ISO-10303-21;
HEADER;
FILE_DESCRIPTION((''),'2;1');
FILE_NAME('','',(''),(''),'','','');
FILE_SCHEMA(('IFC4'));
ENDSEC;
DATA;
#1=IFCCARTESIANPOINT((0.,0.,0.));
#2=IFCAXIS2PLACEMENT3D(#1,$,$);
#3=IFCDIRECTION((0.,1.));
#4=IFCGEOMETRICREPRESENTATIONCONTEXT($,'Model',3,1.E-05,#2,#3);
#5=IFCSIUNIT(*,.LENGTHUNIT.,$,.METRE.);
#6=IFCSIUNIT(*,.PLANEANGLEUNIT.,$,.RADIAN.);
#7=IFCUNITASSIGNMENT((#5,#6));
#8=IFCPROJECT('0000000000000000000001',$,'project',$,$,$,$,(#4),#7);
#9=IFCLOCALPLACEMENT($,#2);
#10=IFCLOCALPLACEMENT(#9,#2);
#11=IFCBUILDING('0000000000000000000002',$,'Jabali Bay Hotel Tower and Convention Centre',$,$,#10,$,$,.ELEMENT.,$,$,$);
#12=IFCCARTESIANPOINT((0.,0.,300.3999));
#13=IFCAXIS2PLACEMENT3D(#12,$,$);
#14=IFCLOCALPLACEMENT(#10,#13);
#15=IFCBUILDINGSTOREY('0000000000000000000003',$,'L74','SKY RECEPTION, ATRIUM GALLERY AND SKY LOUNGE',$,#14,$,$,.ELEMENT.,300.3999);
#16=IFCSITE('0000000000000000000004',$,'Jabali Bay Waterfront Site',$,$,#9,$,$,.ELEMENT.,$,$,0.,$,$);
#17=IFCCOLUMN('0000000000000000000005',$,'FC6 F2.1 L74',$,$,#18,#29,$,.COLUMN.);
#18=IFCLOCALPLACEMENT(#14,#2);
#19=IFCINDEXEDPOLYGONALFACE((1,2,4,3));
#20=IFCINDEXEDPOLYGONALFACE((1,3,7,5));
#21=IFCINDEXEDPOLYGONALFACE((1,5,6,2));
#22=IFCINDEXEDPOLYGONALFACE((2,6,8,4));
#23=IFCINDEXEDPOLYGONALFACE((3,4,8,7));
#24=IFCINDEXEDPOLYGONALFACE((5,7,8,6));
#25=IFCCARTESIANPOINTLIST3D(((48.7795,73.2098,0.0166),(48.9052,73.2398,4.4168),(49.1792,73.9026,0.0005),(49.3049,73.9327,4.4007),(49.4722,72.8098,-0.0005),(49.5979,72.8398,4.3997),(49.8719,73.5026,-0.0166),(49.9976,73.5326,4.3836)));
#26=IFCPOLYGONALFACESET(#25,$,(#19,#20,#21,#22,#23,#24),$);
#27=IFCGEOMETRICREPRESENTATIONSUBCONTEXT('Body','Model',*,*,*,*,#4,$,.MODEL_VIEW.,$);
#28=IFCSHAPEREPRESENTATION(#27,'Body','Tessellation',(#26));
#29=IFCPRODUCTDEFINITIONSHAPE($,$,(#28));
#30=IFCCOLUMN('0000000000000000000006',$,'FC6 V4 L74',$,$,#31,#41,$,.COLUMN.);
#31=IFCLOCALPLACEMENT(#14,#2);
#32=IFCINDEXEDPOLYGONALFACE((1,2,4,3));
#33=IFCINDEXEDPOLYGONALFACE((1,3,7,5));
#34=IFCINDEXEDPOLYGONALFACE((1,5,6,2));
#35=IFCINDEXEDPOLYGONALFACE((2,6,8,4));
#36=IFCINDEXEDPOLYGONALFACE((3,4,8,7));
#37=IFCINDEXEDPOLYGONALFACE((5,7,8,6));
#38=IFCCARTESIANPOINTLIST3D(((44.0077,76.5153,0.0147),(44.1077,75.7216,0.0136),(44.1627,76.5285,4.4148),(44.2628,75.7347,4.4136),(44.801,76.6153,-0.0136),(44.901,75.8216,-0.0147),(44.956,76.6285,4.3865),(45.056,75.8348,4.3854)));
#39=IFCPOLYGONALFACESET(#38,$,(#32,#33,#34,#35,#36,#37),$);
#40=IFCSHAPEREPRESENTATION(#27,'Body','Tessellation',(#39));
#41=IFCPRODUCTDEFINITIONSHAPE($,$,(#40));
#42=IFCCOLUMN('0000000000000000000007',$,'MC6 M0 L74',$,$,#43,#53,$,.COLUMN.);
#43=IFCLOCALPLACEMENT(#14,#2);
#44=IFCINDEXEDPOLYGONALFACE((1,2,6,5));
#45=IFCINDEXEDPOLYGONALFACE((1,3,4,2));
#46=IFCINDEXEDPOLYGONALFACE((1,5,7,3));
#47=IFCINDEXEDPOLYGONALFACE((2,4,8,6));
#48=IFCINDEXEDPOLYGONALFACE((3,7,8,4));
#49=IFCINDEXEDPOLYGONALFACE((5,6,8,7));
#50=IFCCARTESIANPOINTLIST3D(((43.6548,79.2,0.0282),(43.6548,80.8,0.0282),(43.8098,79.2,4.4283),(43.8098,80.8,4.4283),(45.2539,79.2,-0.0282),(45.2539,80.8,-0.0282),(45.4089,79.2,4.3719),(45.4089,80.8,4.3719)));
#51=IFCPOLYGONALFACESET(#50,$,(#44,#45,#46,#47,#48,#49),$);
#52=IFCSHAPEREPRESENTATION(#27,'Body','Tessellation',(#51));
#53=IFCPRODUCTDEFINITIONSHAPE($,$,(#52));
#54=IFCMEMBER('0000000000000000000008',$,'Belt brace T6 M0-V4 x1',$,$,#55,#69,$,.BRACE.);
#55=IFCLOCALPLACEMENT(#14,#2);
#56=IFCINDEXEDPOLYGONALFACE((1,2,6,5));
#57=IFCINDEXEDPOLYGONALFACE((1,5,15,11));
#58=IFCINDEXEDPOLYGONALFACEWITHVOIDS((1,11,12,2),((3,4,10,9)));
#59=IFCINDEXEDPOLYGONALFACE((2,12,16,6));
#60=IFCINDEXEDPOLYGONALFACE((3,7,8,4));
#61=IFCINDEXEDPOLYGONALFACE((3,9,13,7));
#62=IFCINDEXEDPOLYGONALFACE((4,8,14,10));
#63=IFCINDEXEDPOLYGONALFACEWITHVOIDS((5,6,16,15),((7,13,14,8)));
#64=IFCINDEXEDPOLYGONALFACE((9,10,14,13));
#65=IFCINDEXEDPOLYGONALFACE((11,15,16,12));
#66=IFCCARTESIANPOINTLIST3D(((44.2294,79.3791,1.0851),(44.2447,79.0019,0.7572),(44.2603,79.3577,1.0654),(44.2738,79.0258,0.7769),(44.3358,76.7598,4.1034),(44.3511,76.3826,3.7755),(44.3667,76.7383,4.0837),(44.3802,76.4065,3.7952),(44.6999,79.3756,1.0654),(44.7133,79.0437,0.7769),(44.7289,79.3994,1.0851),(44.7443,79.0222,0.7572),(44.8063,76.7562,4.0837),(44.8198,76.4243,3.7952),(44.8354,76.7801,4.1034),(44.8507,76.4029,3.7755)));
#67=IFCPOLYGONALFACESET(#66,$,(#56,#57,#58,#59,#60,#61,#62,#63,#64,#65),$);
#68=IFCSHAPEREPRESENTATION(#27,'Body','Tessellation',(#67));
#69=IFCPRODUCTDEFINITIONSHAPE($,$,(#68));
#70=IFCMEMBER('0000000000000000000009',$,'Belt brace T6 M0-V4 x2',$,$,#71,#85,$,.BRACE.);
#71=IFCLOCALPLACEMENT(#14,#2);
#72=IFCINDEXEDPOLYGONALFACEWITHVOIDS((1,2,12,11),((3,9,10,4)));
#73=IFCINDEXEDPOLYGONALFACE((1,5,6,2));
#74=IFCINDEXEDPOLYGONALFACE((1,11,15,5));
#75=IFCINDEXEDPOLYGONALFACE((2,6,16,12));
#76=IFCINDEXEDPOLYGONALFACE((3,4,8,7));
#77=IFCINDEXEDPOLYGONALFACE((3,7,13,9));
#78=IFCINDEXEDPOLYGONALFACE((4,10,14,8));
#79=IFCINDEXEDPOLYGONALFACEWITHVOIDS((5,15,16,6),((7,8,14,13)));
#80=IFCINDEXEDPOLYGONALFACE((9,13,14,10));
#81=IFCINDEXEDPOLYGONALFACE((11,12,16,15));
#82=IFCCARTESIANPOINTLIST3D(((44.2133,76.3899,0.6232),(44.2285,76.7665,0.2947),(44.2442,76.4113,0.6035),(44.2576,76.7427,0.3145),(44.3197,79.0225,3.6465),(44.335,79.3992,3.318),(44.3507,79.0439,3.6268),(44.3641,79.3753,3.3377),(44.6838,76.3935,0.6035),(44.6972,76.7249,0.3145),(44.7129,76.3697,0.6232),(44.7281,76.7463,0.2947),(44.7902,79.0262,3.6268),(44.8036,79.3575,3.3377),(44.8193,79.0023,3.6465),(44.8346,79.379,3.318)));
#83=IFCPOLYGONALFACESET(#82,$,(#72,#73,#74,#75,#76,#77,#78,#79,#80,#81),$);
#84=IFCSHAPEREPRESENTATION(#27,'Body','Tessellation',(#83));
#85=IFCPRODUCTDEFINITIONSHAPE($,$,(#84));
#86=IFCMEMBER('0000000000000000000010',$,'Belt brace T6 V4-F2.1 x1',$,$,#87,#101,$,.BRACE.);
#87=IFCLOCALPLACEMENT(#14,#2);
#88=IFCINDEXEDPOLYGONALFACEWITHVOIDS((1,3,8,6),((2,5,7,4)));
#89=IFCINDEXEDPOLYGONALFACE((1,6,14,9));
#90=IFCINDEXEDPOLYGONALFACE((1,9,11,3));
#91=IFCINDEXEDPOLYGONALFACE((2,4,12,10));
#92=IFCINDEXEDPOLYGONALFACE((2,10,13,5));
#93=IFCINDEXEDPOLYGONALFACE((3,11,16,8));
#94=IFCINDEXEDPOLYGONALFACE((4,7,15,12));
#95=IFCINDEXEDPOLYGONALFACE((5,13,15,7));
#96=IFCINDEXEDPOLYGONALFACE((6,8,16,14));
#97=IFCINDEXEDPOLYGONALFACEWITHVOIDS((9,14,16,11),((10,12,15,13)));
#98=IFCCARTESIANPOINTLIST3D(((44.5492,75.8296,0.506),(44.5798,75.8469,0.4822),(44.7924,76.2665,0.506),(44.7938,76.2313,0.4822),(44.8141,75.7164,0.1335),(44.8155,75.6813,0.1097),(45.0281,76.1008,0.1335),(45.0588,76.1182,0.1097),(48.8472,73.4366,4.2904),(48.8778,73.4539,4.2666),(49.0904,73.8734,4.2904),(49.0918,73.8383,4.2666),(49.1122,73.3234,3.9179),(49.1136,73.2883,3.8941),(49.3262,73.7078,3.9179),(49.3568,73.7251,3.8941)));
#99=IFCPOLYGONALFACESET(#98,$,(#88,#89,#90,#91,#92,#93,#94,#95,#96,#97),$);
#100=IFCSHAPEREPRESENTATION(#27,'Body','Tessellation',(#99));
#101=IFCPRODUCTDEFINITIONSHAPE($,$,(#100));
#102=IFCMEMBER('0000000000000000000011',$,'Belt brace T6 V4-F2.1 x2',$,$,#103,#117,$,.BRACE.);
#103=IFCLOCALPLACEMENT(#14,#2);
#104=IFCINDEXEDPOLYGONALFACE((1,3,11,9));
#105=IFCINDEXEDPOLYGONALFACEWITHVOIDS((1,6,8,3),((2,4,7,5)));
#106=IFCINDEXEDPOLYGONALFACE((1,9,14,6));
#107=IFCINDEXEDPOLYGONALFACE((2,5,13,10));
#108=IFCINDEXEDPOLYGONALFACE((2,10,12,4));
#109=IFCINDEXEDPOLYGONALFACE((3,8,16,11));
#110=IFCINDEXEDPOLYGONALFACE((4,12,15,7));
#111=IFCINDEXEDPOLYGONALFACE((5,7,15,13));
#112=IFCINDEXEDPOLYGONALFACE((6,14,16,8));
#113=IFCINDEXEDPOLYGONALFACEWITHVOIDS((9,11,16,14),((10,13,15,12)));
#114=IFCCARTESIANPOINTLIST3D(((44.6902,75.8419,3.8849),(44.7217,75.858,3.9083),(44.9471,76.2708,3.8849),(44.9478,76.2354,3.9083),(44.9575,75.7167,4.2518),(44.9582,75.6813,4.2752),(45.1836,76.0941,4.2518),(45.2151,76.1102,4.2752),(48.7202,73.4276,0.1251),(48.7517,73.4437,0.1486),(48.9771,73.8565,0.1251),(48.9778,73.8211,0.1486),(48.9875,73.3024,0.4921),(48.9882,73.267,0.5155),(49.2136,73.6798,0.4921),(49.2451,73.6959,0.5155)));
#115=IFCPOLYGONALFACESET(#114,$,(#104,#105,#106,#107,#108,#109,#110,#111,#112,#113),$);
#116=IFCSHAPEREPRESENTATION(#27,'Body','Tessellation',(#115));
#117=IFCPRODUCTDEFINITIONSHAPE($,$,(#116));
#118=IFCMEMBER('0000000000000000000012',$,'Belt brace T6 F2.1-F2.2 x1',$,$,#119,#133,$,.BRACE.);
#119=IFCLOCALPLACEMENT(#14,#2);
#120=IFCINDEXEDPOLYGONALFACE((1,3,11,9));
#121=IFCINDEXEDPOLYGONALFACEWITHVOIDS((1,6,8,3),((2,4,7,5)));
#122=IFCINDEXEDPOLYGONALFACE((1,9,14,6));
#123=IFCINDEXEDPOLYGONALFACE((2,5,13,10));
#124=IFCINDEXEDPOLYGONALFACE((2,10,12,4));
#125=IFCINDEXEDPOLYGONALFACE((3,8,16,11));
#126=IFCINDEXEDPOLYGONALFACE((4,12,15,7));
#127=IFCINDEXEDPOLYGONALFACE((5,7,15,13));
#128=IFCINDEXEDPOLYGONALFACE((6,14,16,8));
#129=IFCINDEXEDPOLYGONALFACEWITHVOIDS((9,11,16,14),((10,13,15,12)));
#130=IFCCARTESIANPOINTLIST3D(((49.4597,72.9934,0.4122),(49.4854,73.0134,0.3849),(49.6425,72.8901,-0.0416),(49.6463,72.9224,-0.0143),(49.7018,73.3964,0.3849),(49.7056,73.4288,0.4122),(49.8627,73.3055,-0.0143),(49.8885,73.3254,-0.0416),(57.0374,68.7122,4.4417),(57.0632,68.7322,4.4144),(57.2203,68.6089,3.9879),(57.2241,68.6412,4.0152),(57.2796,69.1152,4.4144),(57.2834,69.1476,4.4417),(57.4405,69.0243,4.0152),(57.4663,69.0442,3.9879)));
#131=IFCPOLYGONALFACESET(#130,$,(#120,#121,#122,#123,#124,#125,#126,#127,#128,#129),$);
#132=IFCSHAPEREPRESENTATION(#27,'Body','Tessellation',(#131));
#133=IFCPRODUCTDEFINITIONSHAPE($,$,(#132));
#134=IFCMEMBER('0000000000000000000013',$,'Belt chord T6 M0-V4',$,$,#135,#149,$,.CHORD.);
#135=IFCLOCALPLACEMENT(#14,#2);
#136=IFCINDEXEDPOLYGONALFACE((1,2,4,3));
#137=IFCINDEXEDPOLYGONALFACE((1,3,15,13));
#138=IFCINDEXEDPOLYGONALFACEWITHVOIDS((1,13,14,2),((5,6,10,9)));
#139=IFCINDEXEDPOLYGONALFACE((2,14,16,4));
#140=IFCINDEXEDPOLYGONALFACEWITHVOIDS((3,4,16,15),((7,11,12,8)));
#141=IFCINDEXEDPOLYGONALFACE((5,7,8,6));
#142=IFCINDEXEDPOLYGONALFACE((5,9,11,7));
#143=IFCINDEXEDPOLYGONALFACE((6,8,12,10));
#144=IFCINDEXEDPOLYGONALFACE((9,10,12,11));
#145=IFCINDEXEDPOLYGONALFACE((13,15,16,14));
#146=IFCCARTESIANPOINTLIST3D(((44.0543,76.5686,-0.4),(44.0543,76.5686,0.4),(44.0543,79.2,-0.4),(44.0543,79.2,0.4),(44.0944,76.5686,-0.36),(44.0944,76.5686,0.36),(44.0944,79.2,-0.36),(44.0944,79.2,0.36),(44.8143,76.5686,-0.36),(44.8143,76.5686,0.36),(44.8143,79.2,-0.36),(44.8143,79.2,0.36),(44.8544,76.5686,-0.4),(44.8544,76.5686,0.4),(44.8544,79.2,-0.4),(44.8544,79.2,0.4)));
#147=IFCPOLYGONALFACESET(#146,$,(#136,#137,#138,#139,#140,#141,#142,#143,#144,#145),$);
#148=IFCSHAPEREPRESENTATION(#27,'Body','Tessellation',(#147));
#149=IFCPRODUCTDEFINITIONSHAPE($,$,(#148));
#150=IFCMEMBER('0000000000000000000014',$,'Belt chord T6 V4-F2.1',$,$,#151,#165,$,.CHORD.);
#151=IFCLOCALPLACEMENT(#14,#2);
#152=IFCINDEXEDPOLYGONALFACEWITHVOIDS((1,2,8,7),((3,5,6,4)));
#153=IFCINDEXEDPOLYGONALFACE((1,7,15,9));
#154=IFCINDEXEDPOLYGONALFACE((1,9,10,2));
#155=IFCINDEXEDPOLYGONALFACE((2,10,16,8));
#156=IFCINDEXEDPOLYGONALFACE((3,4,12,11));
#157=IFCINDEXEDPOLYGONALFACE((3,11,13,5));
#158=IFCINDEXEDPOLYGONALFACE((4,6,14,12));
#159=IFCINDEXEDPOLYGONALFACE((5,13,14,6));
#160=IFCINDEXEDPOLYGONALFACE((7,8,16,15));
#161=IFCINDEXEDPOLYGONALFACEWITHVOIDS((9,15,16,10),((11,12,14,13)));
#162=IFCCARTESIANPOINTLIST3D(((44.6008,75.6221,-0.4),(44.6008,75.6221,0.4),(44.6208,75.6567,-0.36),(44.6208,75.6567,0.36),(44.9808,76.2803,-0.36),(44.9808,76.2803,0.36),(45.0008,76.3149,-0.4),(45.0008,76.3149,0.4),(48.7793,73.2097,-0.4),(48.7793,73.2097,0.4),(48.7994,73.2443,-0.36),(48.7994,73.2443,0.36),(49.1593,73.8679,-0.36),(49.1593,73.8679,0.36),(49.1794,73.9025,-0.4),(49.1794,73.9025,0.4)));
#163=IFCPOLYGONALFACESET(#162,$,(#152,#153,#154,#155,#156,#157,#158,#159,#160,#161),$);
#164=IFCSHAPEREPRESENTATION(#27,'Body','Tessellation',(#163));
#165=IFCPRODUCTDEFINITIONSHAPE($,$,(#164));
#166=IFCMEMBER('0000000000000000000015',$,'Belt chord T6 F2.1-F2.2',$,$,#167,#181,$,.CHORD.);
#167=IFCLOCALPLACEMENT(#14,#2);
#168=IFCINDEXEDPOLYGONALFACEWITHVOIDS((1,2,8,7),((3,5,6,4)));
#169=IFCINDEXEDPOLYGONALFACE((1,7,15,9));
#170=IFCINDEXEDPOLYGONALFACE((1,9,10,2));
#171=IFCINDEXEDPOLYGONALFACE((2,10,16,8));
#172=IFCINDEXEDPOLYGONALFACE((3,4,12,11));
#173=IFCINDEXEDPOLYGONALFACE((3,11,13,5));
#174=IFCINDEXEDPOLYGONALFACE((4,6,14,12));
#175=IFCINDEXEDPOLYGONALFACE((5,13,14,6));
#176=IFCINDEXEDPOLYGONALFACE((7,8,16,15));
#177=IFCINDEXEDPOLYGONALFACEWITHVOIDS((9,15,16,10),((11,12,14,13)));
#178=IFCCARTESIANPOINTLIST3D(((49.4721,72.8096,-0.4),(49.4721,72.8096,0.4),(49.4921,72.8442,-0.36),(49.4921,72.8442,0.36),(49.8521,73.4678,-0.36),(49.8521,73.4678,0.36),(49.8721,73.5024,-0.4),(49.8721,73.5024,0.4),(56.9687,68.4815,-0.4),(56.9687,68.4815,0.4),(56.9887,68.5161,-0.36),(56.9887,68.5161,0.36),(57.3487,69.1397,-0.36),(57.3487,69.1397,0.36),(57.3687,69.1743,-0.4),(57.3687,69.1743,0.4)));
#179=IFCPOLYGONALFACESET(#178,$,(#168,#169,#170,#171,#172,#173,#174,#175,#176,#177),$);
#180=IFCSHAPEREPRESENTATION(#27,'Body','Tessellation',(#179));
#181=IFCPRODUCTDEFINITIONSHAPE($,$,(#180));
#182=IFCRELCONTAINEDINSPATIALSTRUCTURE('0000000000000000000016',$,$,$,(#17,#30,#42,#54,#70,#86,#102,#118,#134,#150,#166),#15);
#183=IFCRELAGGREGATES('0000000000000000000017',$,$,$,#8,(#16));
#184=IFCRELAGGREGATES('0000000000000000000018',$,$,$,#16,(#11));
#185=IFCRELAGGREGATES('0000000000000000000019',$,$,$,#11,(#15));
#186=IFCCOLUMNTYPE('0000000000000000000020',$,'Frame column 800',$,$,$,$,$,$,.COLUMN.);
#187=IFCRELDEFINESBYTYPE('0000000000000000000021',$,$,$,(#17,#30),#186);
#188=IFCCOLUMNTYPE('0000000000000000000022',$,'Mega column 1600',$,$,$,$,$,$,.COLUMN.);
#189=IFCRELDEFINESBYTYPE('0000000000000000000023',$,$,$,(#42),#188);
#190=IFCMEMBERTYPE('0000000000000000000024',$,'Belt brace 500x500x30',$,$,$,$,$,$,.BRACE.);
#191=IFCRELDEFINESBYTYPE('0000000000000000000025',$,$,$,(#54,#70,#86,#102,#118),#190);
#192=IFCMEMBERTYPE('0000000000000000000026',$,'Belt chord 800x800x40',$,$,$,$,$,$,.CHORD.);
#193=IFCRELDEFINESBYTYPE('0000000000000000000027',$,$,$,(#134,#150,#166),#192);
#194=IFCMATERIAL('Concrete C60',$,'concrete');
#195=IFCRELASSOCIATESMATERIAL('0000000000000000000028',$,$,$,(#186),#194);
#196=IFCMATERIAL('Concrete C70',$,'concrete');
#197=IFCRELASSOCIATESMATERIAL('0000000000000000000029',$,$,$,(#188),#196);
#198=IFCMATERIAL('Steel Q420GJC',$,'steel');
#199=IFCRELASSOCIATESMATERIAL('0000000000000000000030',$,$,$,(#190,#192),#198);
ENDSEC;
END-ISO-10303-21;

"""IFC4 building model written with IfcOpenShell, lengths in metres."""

from ifc_helpers import new_model, si_unit, direction, frame, origin, origin_2d, place, context, subcontext, project, spatial, rectangle, hollow_rectangle, extrude, material, material_profile, profile_set, type_object, element, save


model = new_model("IFC4")

# Units and contexts
model_context = context("Model", 3, precision=1e-05, world=origin(), true_north=direction((0.0, 1.0)))
body_context = subcontext(model_context, "Body", "Model", "MODEL_VIEW")
ifc_project = project(units=[si_unit("LENGTHUNIT", "METRE"), si_unit("PLANEANGLEUNIT", "RADIAN")], contexts=[model_context])

# Site, building, storey
site_placement = place(None, origin())
site = spatial("IfcSite", under=ifc_project, at=site_placement, Name="Jabali Bay Waterfront Site", CompositionType="ELEMENT", RefElevation=0.0)
building_placement = place(site_placement, origin())
building = spatial("IfcBuilding", under=site, at=building_placement, Name="Jabali Bay Hotel Tower and Convention Centre", CompositionType="ELEMENT")
storey_placement = place(building_placement, frame((0.0, 0.0, 300.3999)))
storey = spatial("IfcBuildingStorey", under=building, at=storey_placement, Name="L74", Description="SKY RECEPTION, ATRIUM GALLERY AND SKY LOUNGE", CompositionType="ELEMENT", Elevation=300.3999)

# Columns
ifc_material_1 = material(Name="Concrete C60", Category="concrete")
ifc_material_profile_1 = material_profile(ifc_material_1, rectangle(XDim=0.8, YDim=0.8, at=origin_2d()), Name="Frame column 800")
ifc_profile_set_1 = profile_set([ifc_material_profile_1], Name="Concrete C60")
column_type_1 = type_object("IfcColumnType", Name="Frame column 800", PredefinedType="COLUMN", material=ifc_profile_set_1)
column_1_placement = place(storey_placement, frame((49.3257, 73.3562, 0.0), z_axis=(0.028562, 0.006822, 0.999569), x_axis=(-0.865771, 0.499985, 0.021327)))
element("IfcColumn", 1, at=column_1_placement, inside=storey, type_object=column_type_1, Name="FC6 F2.1 L74", PredefinedType="COLUMN", context=body_context, shape_type="SweptSolid", body=[
    extrude(rectangle(XDim=0.8, YDim=0.8, at=origin_2d()), origin(), (0.0, 0.0, 1.0), 4.4021),
])
column_2_placement = place(storey_placement, frame((44.4543, 76.1685, 0.0), z_axis=(0.035211, 0.002994, 0.999375), x_axis=(-0.125036, 0.992151, 0.001433)))
element("IfcColumn", 2, at=column_2_placement, inside=storey, type_object=column_type_1, Name="FC6 V4 L74", PredefinedType="COLUMN", context=body_context, shape_type="SweptSolid", body=[
    extrude(rectangle(XDim=0.8, YDim=0.8, at=origin_2d()), origin(), (0.0, 0.0, 1.0), 4.4028),
])
ifc_material_2 = material(Name="Concrete C70", Category="concrete")
ifc_material_profile_2 = material_profile(ifc_material_2, rectangle(XDim=1.6001, YDim=1.6001, at=origin_2d()), Name="Mega column 1600")
ifc_profile_set_2 = profile_set([ifc_material_profile_2], Name="Concrete C70")
column_type_2 = type_object("IfcColumnType", Name="Mega column 1600", PredefinedType="COLUMN", material=ifc_profile_set_2)
column_3_placement = place(storey_placement, frame((44.4543, 80.0, 0.0), z_axis=(0.035211, 0.0, 0.99938), x_axis=(0.0, 1.0, 0.0)))
element("IfcColumn", 3, at=column_3_placement, inside=storey, type_object=column_type_2, Name="MC6 M0 L74", PredefinedType="COLUMN", context=body_context, shape_type="SweptSolid", body=[
    extrude(rectangle(XDim=1.6001, YDim=1.6001, at=origin_2d()), origin(), (0.0, 0.0, 1.0), 4.4028),
])

# Members
ifc_material_3 = material(Name="Steel Q420GJC", Category="steel")
ifc_material_profile_3 = material_profile(ifc_material_3, hollow_rectangle(XDim=0.5, YDim=0.5, WallThickness=0.03, at=origin_2d()), Name="Belt brace 500x500x30")
ifc_profile_set_3 = profile_set([ifc_material_profile_3], Name="Steel Q420GJC")
member_type_1 = type_object("IfcMemberType", Name="Belt brace 500x500x30", PredefinedType="BRACE", material=ifc_profile_set_3)
member_1_placement = place(storey_placement, frame((44.4868, 79.2007, 0.9211), z_axis=(0.026626, -0.6552, 0.754986), x_axis=(0.999175, 0.040604, 0.0)))
element("IfcMember", 4, at=member_1_placement, inside=storey, type_object=member_type_1, Name="Belt brace T6 M0-V4 x1", PredefinedType="BRACE", context=body_context, shape_type="SweptSolid", body=[
    extrude(hollow_rectangle(XDim=0.5, YDim=0.5, WallThickness=0.03, at=origin_2d()), origin(), (0.0, 0.0, 1.0), 3.9978),
])
member_2_placement = place(storey_placement, frame((44.4707, 76.5681, 0.459), z_axis=(0.026544, 0.656473, 0.753882), x_axis=(-0.999184, 0.040401, 0.0)))
element("IfcMember", 5, at=member_2_placement, inside=storey, type_object=member_type_1, Name="Belt brace T6 M0-V4 x2", PredefinedType="BRACE", context=body_context, shape_type="SweptSolid", body=[
    extrude(hollow_rectangle(XDim=0.5, YDim=0.5, WallThickness=0.03, at=origin_2d()), origin(), (0.0, 0.0, 1.0), 4.0103),
])
member_3_placement = place(storey_placement, frame((44.804, 75.9739, 0.3079), z_axis=(0.692501, -0.385566, 0.609739), x_axis=(0.486456, 0.873705, 0.0)))
element("IfcMember", 6, at=member_3_placement, inside=storey, type_object=member_type_1, Name="Belt brace T6 V4-F2.1 x1", PredefinedType="BRACE", context=body_context, shape_type="SweptSolid", body=[
    extrude(hollow_rectangle(XDim=0.5, YDim=0.5, WallThickness=0.03, at=origin_2d()), origin(), (0.0, 0.0, 1.0), 6.2065),
])
member_4_placement = place(storey_placement, frame((48.9827, 73.5618, 0.3203), z_axis=(-0.669759, 0.401239, 0.624844), x_axis=(-0.513915, -0.857841, 0.0)))
element("IfcMember", 7, at=member_4_placement, inside=storey, type_object=member_type_1, Name="Belt brace T6 V4-F2.1 x2", PredefinedType="BRACE", context=body_context, shape_type="SweptSolid", body=[
    extrude(hollow_rectangle(XDim=0.5, YDim=0.5, WallThickness=0.03, at=origin_2d()), origin(), (0.0, 0.0, 1.0), 6.0171),
])
member_5_placement = place(storey_placement, frame((49.6741, 73.1594, 0.1853), z_axis=(0.790089, -0.446374, 0.42013), x_axis=(0.491892, 0.870656, 0.0)))
element("IfcMember", 8, at=member_5_placement, inside=storey, type_object=member_type_1, Name="Belt brace T6 F2.1-F2.2 x1", PredefinedType="BRACE", context=body_context, shape_type="SweptSolid", body=[
    extrude(hollow_rectangle(XDim=0.5, YDim=0.5, WallThickness=0.03, at=origin_2d()), origin(), (0.0, 0.0, 1.0), 9.5911),
])
ifc_material_profile_4 = material_profile(ifc_material_3, hollow_rectangle(XDim=0.8, YDim=0.8, WallThickness=0.04, at=origin_2d()), Name="Belt chord 800x800x40")
ifc_profile_set_4 = profile_set([ifc_material_profile_4], Name="Steel Q420GJC")
member_type_2 = type_object("IfcMemberType", Name="Belt chord 800x800x40", PredefinedType="CHORD", material=ifc_profile_set_4)
member_6_placement = place(storey_placement, frame((44.4543, 79.2, 0.0), z_axis=(0.0, -1.0, 0.0), x_axis=(1.0, 0.0, 0.0)))
element("IfcMember", 9, at=member_6_placement, inside=storey, type_object=member_type_2, Name="Belt chord T6 M0-V4", PredefinedType="CHORD", context=body_context, shape_type="SweptSolid", body=[
    extrude(hollow_rectangle(XDim=0.8, YDim=0.8, WallThickness=0.04, at=origin_2d()), origin(), (0.0, 0.0, 1.0), 2.6313),
])
member_7_placement = place(storey_placement, frame((44.8008, 75.9685, 0.0), z_axis=(0.866033, -0.499987, 0.0), x_axis=(0.499987, 0.866033, 0.0)))
element("IfcMember", 10, at=member_7_placement, inside=storey, type_object=member_type_2, Name="Belt chord T6 V4-F2.1", PredefinedType="CHORD", context=body_context, shape_type="SweptSolid", body=[
    extrude(hollow_rectangle(XDim=0.8, YDim=0.8, WallThickness=0.04, at=origin_2d()), origin(), (0.0, 0.0, 1.0), 4.825),
])
member_8_placement = place(storey_placement, frame((49.6721, 73.156, 0.0), z_axis=(0.866027, -0.499998, 0.0), x_axis=(0.499998, 0.866027, 0.0)))
element("IfcMember", 11, at=member_8_placement, inside=storey, type_object=member_type_2, Name="Belt chord T6 F2.1-F2.2", PredefinedType="CHORD", context=body_context, shape_type="SweptSolid", body=[
    extrude(hollow_rectangle(XDim=0.8, YDim=0.8, WallThickness=0.04, at=origin_2d()), origin(), (0.0, 0.0, 1.0), 8.6562),
])

save(model, "model.ifc")
